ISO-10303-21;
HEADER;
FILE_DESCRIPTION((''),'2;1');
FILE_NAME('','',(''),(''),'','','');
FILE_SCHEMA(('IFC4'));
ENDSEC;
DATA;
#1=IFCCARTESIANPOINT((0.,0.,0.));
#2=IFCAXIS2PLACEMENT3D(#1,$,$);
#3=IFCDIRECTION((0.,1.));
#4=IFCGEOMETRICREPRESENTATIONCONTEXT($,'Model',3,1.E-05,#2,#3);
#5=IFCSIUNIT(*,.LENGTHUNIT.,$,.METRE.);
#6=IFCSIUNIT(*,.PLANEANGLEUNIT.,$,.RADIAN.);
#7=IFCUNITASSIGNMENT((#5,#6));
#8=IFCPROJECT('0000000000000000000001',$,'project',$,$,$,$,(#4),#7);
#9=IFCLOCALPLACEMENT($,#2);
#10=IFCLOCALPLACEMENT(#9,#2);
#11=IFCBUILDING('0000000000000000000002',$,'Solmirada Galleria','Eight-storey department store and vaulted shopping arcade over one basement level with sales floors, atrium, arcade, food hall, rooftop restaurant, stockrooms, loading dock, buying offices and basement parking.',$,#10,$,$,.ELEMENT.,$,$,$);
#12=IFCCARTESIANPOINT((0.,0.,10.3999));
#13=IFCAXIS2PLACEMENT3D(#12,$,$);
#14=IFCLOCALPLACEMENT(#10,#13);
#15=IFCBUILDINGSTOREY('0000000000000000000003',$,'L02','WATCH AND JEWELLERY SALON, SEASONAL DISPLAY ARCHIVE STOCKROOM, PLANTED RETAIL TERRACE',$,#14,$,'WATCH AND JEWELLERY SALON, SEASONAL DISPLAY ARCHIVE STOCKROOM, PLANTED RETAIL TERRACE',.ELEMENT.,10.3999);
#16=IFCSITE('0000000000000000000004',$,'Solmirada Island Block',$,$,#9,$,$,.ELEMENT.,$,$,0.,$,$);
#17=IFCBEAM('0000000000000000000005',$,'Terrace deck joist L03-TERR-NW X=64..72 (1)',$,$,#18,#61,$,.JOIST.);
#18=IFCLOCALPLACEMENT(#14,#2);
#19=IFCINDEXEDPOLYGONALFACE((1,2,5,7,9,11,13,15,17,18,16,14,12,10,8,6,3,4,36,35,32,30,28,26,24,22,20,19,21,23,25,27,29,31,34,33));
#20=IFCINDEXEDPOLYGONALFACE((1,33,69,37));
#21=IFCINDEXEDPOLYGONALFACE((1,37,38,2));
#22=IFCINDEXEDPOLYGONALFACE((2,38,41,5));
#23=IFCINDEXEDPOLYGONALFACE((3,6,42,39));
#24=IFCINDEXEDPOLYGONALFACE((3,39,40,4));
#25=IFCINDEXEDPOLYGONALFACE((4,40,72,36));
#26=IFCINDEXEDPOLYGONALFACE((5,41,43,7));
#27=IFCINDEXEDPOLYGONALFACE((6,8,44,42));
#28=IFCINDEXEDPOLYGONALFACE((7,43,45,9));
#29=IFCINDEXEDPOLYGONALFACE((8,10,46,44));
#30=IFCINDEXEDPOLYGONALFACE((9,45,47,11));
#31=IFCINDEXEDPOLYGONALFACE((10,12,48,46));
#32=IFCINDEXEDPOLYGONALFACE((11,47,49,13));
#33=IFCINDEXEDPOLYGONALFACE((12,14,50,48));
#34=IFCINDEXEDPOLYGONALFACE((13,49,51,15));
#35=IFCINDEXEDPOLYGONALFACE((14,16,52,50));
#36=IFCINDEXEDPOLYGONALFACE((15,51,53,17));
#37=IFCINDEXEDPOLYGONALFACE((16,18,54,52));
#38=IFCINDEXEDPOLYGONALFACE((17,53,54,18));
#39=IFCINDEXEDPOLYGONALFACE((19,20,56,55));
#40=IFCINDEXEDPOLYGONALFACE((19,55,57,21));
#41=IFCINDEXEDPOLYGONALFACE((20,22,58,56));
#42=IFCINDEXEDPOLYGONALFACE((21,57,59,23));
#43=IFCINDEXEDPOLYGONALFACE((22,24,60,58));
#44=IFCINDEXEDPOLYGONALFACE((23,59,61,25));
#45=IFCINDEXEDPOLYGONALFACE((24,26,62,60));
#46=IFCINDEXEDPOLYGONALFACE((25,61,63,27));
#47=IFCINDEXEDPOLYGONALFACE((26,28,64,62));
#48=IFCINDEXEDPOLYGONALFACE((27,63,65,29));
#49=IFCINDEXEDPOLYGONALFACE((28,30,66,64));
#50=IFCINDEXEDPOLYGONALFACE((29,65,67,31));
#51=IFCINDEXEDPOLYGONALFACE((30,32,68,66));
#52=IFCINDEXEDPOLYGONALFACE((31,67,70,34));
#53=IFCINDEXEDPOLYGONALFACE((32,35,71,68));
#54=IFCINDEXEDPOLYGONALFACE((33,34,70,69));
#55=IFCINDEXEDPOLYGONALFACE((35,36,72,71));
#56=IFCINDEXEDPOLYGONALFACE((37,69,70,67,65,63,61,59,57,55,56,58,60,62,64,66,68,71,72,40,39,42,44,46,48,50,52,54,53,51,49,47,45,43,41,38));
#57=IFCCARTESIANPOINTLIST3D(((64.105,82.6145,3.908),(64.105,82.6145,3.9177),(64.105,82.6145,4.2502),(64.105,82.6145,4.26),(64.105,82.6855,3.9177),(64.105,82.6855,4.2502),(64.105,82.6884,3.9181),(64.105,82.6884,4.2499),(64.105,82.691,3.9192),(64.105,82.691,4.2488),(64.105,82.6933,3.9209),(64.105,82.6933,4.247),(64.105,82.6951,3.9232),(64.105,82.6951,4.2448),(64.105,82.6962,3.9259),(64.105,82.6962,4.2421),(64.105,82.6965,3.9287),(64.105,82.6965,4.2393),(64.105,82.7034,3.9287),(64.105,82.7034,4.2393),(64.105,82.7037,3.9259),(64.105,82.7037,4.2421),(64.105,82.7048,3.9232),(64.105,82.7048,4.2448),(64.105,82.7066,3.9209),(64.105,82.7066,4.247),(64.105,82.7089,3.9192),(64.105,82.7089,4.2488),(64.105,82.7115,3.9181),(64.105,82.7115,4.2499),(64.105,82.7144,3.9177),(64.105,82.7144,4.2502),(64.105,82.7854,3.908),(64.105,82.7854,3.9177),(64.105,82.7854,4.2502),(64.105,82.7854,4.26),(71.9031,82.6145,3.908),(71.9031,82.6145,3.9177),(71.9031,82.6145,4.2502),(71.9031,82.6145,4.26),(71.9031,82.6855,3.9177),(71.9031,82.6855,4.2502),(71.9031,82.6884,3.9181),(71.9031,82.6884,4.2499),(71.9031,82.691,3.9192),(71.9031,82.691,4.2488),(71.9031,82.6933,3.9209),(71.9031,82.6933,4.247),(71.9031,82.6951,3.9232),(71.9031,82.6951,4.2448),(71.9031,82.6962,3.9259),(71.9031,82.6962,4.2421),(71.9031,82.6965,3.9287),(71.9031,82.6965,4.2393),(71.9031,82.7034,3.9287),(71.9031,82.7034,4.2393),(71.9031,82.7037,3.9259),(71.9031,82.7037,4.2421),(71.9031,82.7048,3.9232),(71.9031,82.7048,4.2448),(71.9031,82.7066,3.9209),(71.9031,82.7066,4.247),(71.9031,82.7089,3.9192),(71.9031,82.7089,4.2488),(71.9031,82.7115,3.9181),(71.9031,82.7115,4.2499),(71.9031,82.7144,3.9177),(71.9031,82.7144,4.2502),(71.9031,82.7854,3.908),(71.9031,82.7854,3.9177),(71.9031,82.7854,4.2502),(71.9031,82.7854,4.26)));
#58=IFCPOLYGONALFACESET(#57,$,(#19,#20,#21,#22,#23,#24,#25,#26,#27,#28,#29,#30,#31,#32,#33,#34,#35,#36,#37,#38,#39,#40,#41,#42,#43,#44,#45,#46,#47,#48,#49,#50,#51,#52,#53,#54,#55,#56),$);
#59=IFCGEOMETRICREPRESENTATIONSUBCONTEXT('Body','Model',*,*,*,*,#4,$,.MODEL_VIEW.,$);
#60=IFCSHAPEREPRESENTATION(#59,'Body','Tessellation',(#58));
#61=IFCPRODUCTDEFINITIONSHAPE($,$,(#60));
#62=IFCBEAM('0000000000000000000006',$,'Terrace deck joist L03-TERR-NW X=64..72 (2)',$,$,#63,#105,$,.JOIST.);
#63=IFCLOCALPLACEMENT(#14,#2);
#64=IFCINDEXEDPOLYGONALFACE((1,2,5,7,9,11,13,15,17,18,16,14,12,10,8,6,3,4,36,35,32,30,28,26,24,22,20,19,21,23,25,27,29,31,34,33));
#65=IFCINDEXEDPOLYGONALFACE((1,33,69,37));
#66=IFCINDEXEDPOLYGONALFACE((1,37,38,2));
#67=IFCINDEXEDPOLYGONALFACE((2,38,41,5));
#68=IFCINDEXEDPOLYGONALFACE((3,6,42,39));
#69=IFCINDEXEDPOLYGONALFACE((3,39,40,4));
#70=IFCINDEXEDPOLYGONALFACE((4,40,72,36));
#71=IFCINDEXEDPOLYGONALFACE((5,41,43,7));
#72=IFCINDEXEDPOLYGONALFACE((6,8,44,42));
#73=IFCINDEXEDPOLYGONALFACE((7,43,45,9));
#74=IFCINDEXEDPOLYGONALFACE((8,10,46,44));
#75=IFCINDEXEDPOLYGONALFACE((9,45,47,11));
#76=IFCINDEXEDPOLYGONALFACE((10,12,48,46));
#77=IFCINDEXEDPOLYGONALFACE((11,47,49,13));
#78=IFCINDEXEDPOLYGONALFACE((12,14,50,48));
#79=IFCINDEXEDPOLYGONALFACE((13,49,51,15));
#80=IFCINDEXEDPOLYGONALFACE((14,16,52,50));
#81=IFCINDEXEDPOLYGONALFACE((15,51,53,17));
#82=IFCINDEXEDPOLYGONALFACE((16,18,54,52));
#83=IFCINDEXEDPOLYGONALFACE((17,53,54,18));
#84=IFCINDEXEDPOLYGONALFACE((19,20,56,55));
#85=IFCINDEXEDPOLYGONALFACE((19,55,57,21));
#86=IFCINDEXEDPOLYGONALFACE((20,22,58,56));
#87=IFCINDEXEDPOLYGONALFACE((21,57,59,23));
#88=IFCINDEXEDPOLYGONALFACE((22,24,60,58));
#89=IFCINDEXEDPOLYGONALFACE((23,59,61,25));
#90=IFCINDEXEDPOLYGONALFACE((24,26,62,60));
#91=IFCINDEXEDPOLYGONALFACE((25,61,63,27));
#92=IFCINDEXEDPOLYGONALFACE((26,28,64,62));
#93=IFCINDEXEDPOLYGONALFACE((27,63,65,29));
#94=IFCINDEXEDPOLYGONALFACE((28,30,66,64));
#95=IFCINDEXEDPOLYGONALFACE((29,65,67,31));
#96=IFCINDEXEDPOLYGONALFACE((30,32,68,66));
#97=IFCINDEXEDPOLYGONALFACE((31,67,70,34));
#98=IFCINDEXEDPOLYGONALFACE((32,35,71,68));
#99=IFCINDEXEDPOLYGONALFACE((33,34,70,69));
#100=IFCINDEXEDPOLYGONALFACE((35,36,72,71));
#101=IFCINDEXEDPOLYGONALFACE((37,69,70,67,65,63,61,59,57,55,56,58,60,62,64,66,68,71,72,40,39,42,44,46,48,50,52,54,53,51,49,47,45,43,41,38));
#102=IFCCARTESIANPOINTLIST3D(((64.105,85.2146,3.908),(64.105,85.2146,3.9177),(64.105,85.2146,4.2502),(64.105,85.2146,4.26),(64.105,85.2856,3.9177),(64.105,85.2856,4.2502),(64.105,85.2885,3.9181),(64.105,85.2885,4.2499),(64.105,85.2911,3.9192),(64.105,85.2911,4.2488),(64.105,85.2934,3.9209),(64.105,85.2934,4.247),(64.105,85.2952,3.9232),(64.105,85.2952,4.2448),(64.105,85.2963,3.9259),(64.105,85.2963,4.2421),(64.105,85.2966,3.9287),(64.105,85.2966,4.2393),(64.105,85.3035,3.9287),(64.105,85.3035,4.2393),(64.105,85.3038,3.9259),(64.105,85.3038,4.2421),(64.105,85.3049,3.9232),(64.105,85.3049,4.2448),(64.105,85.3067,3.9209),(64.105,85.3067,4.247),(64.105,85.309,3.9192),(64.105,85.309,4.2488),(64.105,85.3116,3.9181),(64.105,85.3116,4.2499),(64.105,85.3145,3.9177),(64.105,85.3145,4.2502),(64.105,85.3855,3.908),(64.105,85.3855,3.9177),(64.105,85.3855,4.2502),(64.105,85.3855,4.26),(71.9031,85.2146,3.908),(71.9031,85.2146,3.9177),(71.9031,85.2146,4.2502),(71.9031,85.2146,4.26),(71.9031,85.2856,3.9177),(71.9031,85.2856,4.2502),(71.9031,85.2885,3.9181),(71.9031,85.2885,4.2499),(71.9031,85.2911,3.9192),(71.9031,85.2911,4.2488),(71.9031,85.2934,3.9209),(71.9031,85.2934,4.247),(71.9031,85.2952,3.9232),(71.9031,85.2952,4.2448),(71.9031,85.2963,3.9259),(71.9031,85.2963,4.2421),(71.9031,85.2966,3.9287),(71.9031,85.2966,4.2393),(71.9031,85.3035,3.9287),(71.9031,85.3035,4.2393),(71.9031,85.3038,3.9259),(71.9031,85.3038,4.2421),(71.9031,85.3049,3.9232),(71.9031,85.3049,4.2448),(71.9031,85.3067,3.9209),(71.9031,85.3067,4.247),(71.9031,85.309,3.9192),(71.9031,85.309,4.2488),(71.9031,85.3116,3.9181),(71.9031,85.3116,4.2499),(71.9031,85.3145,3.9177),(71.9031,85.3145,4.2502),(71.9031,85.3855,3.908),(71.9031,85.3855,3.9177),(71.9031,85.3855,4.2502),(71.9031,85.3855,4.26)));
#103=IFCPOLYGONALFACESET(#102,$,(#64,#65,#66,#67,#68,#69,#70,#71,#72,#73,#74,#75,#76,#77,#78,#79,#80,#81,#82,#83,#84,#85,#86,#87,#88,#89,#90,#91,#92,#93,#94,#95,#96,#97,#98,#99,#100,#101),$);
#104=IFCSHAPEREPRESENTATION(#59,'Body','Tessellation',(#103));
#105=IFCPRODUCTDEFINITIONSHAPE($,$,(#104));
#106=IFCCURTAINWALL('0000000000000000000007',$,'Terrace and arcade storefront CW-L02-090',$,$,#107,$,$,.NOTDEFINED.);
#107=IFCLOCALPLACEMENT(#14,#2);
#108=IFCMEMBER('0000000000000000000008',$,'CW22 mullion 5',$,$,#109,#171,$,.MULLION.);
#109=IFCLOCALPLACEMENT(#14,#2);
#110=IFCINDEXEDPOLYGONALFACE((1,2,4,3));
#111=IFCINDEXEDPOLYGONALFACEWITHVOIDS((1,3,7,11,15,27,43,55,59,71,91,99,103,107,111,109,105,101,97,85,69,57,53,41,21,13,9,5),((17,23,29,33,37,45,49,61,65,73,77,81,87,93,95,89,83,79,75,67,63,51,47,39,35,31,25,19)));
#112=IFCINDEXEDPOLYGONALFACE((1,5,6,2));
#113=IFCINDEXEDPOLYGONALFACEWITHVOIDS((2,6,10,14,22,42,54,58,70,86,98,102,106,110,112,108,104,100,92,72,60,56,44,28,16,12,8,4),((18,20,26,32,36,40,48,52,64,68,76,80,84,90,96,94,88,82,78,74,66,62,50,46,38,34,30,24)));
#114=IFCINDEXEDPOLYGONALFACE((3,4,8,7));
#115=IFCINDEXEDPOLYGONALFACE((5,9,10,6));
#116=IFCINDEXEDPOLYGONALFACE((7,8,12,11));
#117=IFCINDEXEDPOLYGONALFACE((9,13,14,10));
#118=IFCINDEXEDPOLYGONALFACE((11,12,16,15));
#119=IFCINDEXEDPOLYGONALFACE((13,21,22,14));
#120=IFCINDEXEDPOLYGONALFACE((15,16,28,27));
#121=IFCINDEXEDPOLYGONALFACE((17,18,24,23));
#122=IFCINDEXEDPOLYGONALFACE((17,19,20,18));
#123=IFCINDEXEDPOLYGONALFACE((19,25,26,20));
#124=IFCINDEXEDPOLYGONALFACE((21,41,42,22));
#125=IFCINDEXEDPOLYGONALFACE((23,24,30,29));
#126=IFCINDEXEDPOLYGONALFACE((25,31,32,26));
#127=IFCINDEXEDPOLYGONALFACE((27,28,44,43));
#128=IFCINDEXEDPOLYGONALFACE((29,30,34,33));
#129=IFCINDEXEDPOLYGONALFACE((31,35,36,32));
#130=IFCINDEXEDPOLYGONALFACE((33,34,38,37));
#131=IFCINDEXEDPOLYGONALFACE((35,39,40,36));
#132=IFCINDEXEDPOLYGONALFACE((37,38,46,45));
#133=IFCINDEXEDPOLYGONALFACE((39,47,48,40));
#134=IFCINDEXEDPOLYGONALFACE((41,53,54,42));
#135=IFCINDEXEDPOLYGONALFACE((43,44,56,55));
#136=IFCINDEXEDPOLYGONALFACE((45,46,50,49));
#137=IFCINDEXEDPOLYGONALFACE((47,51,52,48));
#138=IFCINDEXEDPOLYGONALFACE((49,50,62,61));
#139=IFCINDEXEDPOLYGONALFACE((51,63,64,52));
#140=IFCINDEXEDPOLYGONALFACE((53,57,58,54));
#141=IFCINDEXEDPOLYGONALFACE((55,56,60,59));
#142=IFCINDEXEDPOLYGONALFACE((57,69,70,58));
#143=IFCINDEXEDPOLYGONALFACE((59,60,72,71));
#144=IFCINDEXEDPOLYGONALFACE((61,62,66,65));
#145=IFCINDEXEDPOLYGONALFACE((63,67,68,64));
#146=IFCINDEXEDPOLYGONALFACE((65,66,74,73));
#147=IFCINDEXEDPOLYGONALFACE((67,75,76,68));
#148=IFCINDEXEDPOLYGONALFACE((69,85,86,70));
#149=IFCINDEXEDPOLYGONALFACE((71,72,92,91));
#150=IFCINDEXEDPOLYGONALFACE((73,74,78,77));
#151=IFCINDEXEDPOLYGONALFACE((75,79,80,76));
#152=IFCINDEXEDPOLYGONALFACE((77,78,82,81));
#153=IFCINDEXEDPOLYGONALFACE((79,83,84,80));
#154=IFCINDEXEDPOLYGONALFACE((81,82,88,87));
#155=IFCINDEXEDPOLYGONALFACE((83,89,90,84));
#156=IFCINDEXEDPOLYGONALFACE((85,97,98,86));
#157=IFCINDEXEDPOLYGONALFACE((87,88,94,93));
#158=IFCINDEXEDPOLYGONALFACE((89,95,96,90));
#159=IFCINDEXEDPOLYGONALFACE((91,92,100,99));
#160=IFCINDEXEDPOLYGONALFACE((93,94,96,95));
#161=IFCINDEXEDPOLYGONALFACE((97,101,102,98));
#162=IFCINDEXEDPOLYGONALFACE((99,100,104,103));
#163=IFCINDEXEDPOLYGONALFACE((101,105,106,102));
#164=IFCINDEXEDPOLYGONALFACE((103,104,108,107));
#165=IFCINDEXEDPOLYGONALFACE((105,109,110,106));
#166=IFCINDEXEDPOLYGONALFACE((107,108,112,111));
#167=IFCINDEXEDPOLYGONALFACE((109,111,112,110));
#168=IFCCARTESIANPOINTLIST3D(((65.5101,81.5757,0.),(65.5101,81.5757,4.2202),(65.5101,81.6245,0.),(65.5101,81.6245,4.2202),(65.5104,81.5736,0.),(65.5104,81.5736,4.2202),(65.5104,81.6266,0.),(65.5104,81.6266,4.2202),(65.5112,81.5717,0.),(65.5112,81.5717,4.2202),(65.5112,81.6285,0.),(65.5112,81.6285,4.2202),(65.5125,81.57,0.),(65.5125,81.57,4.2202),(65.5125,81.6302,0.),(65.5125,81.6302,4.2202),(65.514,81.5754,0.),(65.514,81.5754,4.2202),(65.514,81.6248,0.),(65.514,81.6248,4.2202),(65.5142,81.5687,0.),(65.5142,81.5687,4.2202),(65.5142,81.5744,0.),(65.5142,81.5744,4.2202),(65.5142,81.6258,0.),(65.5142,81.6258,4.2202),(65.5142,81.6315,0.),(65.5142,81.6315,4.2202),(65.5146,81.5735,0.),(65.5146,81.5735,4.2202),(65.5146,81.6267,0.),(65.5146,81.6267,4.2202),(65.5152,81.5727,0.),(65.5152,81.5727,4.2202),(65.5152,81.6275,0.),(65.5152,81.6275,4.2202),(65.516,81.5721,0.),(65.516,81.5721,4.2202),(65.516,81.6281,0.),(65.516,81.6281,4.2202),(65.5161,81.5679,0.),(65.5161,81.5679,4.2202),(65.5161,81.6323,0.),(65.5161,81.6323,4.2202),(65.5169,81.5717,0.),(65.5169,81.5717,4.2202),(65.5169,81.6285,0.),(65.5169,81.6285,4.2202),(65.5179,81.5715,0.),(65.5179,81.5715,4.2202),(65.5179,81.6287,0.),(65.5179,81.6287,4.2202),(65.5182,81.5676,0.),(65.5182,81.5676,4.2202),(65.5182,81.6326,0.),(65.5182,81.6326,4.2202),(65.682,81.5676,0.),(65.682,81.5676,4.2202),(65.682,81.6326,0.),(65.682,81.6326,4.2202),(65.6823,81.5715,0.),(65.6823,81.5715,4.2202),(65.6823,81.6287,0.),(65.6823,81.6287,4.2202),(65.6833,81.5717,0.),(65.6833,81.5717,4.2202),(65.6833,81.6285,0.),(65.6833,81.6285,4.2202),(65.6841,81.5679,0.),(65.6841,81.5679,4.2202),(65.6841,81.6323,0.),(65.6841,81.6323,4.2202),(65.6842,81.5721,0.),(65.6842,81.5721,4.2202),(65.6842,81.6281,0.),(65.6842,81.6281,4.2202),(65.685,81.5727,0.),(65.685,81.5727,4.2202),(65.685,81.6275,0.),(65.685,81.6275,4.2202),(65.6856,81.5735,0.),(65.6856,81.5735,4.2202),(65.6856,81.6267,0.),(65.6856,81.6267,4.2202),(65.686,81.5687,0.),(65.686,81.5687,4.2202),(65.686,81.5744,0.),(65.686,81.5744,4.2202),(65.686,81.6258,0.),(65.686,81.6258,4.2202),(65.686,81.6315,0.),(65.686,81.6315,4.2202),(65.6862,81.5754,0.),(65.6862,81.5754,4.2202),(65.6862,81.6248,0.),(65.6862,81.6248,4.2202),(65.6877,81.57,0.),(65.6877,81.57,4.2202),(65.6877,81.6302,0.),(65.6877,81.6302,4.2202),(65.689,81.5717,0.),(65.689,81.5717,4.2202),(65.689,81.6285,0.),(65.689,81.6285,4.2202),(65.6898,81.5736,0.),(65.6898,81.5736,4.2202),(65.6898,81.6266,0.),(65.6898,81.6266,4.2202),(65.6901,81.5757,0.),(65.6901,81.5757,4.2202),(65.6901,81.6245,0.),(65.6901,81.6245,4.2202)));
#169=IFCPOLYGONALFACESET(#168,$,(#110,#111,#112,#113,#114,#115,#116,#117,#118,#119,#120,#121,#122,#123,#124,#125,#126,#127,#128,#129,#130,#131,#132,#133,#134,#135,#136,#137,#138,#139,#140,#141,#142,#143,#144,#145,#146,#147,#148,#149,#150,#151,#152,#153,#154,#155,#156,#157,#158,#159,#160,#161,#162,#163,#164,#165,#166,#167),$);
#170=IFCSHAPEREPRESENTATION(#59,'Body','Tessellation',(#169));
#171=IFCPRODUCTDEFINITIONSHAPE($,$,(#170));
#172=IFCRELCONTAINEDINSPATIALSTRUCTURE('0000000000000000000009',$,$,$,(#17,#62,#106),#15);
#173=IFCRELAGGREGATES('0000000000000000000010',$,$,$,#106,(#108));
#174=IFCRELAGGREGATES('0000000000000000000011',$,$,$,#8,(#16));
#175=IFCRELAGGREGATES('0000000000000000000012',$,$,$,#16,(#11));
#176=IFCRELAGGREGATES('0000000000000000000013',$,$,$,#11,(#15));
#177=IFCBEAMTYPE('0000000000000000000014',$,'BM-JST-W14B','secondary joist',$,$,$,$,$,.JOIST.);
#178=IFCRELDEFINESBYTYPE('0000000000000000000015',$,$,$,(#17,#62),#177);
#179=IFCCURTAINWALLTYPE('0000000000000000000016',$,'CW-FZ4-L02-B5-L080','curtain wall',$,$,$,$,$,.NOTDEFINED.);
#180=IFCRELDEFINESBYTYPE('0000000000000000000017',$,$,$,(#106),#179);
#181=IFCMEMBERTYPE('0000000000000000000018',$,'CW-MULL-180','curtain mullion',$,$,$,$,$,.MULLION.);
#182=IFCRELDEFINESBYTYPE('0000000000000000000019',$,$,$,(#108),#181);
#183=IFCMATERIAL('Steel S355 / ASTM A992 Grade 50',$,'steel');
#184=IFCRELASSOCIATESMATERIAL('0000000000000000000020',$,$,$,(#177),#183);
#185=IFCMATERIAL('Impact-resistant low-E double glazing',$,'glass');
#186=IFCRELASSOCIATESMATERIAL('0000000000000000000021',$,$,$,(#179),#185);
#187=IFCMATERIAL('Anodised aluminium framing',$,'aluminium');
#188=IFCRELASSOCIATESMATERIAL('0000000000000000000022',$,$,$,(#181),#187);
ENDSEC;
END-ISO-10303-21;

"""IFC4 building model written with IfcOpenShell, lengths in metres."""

from ifc_helpers import new_model, si_unit, direction, frame, origin, origin_2d, place, context, subcontext, project, spatial, hollow_rectangle, i_section, extrude, material, material_profile, profile_set, type_object, element, aggregate, save


model = new_model("IFC4")

# Units and contexts
model_context = context("Model", 3, precision=1e-05, world=origin(), true_north=direction((0.0, 1.0)))
body_context = subcontext(model_context, "Body", "Model", "MODEL_VIEW")
ifc_project = project(units=[si_unit("LENGTHUNIT", "METRE"), si_unit("PLANEANGLEUNIT", "RADIAN")], contexts=[model_context])

# Site, building, storey
site_placement = place(None, origin())
site = spatial("IfcSite", under=ifc_project, at=site_placement, Name="Solmirada Island Block", CompositionType="ELEMENT", RefElevation=0.0)
building_placement = place(site_placement, origin())
building = spatial("IfcBuilding", under=site, at=building_placement, Name="Solmirada Galleria", Description="Eight-storey department store and vaulted shopping arcade over one basement level with sales floors, atrium, arcade, food hall, rooftop restaurant, stockrooms, loading dock, buying offices and basement parking.", CompositionType="ELEMENT")
storey_placement = place(building_placement, frame((0.0, 0.0, 10.3999)))
storey = spatial("IfcBuildingStorey", under=building, at=storey_placement, Name="L02", Description="WATCH AND JEWELLERY SALON, SEASONAL DISPLAY ARCHIVE STOCKROOM, PLANTED RETAIL TERRACE", LongName="WATCH AND JEWELLERY SALON, SEASONAL DISPLAY ARCHIVE STOCKROOM, PLANTED RETAIL TERRACE", CompositionType="ELEMENT", Elevation=10.3999)

# Beams
ifc_material_1 = material(Name="Steel S355 / ASTM A992 Grade 50", Category="steel")
ifc_material_profile_1 = material_profile(ifc_material_1, i_section(OverallWidth=0.1709, OverallDepth=0.3521, WebThickness=0.0068, FlangeThickness=0.0098, FilletRadius=0.011, at=origin_2d()), Name="W14X30")
ifc_profile_set_1 = profile_set([ifc_material_profile_1], Name="Steel S355 / ASTM A992 Grade 50")
beam_type_1 = type_object("IfcBeamType", Name="BM-JST-W14B", Description="secondary joist", PredefinedType="JOIST", material=ifc_profile_set_1)
for number, where, z_axis, x_axis, name in (
    (1, (64.105, 82.7, 4.084), (1.0, 0.0, 0.0), (0.0, 1.0, 0.0), "Terrace deck joist L03-TERR-NW X=64..72 (1)"),
    (2, (64.105, 85.3, 4.084), (1.0, 0.0, 0.0), (0.0, 1.0, 0.0), "Terrace deck joist L03-TERR-NW X=64..72 (2)"),
):
    element("IfcBeam", number, at=place(storey_placement, frame(where, z_axis=z_axis, x_axis=x_axis)), inside=storey, type_object=beam_type_1, Name=name, PredefinedType="JOIST", context=body_context, shape_type="SweptSolid", body=[
        extrude(i_section(OverallWidth=0.1709, OverallDepth=0.3521, WebThickness=0.0068, FlangeThickness=0.0098, FilletRadius=0.011, at=origin_2d()), origin(), (0.0, 0.0, 1.0), 7.7981),
    ])

# Curtain wall, member
ifc_material_2 = material(Name="Impact-resistant low-E double glazing", Category="glass")
curtain_wall_type = type_object("IfcCurtainWallType", Name="CW-FZ4-L02-B5-L080", Description="curtain wall", PredefinedType="NOTDEFINED", material=ifc_material_2)
curtain_wall_1_placement = place(storey_placement, origin())
curtain_wall_1 = element("IfcCurtainWall", 3, at=curtain_wall_1_placement, inside=storey, type_object=curtain_wall_type, Name="Terrace and arcade storefront CW-L02-090", PredefinedType="NOTDEFINED")
ifc_material_3 = material(Name="Anodised aluminium framing", Category="aluminium")
ifc_material_profile_2 = material_profile(ifc_material_3, hollow_rectangle(XDim=0.0649, YDim=0.1799, WallThickness=0.0039, InnerFilletRadius=0.0039, OuterFilletRadius=0.0081, at=origin_2d()), Name="ALU-MULL-180X65")
ifc_profile_set_2 = profile_set([ifc_material_profile_2], Name="Anodised aluminium framing")
member_type_1 = type_object("IfcMemberType", Name="CW-MULL-180", Description="curtain mullion", PredefinedType="MULLION", material=ifc_profile_set_2)
member_1_placement = place(storey_placement, frame((65.6001, 81.6001, 0.0), z_axis=(0.0, 0.0, 1.0), x_axis=(0.0, -1.0, 0.0)))
member_1 = element("IfcMember", 4, at=member_1_placement, type_object=member_type_1, Name="CW22 mullion 5", PredefinedType="MULLION", context=body_context, shape_type="SweptSolid", body=[
    extrude(hollow_rectangle(XDim=0.0649, YDim=0.1799, WallThickness=0.0039, InnerFilletRadius=0.0039, OuterFilletRadius=0.0081, at=origin_2d()), origin(), (0.0, 0.0, 1.0), 4.2202),
])

aggregate(curtain_wall_1, [member_1])

save(model, "model.ifc")
